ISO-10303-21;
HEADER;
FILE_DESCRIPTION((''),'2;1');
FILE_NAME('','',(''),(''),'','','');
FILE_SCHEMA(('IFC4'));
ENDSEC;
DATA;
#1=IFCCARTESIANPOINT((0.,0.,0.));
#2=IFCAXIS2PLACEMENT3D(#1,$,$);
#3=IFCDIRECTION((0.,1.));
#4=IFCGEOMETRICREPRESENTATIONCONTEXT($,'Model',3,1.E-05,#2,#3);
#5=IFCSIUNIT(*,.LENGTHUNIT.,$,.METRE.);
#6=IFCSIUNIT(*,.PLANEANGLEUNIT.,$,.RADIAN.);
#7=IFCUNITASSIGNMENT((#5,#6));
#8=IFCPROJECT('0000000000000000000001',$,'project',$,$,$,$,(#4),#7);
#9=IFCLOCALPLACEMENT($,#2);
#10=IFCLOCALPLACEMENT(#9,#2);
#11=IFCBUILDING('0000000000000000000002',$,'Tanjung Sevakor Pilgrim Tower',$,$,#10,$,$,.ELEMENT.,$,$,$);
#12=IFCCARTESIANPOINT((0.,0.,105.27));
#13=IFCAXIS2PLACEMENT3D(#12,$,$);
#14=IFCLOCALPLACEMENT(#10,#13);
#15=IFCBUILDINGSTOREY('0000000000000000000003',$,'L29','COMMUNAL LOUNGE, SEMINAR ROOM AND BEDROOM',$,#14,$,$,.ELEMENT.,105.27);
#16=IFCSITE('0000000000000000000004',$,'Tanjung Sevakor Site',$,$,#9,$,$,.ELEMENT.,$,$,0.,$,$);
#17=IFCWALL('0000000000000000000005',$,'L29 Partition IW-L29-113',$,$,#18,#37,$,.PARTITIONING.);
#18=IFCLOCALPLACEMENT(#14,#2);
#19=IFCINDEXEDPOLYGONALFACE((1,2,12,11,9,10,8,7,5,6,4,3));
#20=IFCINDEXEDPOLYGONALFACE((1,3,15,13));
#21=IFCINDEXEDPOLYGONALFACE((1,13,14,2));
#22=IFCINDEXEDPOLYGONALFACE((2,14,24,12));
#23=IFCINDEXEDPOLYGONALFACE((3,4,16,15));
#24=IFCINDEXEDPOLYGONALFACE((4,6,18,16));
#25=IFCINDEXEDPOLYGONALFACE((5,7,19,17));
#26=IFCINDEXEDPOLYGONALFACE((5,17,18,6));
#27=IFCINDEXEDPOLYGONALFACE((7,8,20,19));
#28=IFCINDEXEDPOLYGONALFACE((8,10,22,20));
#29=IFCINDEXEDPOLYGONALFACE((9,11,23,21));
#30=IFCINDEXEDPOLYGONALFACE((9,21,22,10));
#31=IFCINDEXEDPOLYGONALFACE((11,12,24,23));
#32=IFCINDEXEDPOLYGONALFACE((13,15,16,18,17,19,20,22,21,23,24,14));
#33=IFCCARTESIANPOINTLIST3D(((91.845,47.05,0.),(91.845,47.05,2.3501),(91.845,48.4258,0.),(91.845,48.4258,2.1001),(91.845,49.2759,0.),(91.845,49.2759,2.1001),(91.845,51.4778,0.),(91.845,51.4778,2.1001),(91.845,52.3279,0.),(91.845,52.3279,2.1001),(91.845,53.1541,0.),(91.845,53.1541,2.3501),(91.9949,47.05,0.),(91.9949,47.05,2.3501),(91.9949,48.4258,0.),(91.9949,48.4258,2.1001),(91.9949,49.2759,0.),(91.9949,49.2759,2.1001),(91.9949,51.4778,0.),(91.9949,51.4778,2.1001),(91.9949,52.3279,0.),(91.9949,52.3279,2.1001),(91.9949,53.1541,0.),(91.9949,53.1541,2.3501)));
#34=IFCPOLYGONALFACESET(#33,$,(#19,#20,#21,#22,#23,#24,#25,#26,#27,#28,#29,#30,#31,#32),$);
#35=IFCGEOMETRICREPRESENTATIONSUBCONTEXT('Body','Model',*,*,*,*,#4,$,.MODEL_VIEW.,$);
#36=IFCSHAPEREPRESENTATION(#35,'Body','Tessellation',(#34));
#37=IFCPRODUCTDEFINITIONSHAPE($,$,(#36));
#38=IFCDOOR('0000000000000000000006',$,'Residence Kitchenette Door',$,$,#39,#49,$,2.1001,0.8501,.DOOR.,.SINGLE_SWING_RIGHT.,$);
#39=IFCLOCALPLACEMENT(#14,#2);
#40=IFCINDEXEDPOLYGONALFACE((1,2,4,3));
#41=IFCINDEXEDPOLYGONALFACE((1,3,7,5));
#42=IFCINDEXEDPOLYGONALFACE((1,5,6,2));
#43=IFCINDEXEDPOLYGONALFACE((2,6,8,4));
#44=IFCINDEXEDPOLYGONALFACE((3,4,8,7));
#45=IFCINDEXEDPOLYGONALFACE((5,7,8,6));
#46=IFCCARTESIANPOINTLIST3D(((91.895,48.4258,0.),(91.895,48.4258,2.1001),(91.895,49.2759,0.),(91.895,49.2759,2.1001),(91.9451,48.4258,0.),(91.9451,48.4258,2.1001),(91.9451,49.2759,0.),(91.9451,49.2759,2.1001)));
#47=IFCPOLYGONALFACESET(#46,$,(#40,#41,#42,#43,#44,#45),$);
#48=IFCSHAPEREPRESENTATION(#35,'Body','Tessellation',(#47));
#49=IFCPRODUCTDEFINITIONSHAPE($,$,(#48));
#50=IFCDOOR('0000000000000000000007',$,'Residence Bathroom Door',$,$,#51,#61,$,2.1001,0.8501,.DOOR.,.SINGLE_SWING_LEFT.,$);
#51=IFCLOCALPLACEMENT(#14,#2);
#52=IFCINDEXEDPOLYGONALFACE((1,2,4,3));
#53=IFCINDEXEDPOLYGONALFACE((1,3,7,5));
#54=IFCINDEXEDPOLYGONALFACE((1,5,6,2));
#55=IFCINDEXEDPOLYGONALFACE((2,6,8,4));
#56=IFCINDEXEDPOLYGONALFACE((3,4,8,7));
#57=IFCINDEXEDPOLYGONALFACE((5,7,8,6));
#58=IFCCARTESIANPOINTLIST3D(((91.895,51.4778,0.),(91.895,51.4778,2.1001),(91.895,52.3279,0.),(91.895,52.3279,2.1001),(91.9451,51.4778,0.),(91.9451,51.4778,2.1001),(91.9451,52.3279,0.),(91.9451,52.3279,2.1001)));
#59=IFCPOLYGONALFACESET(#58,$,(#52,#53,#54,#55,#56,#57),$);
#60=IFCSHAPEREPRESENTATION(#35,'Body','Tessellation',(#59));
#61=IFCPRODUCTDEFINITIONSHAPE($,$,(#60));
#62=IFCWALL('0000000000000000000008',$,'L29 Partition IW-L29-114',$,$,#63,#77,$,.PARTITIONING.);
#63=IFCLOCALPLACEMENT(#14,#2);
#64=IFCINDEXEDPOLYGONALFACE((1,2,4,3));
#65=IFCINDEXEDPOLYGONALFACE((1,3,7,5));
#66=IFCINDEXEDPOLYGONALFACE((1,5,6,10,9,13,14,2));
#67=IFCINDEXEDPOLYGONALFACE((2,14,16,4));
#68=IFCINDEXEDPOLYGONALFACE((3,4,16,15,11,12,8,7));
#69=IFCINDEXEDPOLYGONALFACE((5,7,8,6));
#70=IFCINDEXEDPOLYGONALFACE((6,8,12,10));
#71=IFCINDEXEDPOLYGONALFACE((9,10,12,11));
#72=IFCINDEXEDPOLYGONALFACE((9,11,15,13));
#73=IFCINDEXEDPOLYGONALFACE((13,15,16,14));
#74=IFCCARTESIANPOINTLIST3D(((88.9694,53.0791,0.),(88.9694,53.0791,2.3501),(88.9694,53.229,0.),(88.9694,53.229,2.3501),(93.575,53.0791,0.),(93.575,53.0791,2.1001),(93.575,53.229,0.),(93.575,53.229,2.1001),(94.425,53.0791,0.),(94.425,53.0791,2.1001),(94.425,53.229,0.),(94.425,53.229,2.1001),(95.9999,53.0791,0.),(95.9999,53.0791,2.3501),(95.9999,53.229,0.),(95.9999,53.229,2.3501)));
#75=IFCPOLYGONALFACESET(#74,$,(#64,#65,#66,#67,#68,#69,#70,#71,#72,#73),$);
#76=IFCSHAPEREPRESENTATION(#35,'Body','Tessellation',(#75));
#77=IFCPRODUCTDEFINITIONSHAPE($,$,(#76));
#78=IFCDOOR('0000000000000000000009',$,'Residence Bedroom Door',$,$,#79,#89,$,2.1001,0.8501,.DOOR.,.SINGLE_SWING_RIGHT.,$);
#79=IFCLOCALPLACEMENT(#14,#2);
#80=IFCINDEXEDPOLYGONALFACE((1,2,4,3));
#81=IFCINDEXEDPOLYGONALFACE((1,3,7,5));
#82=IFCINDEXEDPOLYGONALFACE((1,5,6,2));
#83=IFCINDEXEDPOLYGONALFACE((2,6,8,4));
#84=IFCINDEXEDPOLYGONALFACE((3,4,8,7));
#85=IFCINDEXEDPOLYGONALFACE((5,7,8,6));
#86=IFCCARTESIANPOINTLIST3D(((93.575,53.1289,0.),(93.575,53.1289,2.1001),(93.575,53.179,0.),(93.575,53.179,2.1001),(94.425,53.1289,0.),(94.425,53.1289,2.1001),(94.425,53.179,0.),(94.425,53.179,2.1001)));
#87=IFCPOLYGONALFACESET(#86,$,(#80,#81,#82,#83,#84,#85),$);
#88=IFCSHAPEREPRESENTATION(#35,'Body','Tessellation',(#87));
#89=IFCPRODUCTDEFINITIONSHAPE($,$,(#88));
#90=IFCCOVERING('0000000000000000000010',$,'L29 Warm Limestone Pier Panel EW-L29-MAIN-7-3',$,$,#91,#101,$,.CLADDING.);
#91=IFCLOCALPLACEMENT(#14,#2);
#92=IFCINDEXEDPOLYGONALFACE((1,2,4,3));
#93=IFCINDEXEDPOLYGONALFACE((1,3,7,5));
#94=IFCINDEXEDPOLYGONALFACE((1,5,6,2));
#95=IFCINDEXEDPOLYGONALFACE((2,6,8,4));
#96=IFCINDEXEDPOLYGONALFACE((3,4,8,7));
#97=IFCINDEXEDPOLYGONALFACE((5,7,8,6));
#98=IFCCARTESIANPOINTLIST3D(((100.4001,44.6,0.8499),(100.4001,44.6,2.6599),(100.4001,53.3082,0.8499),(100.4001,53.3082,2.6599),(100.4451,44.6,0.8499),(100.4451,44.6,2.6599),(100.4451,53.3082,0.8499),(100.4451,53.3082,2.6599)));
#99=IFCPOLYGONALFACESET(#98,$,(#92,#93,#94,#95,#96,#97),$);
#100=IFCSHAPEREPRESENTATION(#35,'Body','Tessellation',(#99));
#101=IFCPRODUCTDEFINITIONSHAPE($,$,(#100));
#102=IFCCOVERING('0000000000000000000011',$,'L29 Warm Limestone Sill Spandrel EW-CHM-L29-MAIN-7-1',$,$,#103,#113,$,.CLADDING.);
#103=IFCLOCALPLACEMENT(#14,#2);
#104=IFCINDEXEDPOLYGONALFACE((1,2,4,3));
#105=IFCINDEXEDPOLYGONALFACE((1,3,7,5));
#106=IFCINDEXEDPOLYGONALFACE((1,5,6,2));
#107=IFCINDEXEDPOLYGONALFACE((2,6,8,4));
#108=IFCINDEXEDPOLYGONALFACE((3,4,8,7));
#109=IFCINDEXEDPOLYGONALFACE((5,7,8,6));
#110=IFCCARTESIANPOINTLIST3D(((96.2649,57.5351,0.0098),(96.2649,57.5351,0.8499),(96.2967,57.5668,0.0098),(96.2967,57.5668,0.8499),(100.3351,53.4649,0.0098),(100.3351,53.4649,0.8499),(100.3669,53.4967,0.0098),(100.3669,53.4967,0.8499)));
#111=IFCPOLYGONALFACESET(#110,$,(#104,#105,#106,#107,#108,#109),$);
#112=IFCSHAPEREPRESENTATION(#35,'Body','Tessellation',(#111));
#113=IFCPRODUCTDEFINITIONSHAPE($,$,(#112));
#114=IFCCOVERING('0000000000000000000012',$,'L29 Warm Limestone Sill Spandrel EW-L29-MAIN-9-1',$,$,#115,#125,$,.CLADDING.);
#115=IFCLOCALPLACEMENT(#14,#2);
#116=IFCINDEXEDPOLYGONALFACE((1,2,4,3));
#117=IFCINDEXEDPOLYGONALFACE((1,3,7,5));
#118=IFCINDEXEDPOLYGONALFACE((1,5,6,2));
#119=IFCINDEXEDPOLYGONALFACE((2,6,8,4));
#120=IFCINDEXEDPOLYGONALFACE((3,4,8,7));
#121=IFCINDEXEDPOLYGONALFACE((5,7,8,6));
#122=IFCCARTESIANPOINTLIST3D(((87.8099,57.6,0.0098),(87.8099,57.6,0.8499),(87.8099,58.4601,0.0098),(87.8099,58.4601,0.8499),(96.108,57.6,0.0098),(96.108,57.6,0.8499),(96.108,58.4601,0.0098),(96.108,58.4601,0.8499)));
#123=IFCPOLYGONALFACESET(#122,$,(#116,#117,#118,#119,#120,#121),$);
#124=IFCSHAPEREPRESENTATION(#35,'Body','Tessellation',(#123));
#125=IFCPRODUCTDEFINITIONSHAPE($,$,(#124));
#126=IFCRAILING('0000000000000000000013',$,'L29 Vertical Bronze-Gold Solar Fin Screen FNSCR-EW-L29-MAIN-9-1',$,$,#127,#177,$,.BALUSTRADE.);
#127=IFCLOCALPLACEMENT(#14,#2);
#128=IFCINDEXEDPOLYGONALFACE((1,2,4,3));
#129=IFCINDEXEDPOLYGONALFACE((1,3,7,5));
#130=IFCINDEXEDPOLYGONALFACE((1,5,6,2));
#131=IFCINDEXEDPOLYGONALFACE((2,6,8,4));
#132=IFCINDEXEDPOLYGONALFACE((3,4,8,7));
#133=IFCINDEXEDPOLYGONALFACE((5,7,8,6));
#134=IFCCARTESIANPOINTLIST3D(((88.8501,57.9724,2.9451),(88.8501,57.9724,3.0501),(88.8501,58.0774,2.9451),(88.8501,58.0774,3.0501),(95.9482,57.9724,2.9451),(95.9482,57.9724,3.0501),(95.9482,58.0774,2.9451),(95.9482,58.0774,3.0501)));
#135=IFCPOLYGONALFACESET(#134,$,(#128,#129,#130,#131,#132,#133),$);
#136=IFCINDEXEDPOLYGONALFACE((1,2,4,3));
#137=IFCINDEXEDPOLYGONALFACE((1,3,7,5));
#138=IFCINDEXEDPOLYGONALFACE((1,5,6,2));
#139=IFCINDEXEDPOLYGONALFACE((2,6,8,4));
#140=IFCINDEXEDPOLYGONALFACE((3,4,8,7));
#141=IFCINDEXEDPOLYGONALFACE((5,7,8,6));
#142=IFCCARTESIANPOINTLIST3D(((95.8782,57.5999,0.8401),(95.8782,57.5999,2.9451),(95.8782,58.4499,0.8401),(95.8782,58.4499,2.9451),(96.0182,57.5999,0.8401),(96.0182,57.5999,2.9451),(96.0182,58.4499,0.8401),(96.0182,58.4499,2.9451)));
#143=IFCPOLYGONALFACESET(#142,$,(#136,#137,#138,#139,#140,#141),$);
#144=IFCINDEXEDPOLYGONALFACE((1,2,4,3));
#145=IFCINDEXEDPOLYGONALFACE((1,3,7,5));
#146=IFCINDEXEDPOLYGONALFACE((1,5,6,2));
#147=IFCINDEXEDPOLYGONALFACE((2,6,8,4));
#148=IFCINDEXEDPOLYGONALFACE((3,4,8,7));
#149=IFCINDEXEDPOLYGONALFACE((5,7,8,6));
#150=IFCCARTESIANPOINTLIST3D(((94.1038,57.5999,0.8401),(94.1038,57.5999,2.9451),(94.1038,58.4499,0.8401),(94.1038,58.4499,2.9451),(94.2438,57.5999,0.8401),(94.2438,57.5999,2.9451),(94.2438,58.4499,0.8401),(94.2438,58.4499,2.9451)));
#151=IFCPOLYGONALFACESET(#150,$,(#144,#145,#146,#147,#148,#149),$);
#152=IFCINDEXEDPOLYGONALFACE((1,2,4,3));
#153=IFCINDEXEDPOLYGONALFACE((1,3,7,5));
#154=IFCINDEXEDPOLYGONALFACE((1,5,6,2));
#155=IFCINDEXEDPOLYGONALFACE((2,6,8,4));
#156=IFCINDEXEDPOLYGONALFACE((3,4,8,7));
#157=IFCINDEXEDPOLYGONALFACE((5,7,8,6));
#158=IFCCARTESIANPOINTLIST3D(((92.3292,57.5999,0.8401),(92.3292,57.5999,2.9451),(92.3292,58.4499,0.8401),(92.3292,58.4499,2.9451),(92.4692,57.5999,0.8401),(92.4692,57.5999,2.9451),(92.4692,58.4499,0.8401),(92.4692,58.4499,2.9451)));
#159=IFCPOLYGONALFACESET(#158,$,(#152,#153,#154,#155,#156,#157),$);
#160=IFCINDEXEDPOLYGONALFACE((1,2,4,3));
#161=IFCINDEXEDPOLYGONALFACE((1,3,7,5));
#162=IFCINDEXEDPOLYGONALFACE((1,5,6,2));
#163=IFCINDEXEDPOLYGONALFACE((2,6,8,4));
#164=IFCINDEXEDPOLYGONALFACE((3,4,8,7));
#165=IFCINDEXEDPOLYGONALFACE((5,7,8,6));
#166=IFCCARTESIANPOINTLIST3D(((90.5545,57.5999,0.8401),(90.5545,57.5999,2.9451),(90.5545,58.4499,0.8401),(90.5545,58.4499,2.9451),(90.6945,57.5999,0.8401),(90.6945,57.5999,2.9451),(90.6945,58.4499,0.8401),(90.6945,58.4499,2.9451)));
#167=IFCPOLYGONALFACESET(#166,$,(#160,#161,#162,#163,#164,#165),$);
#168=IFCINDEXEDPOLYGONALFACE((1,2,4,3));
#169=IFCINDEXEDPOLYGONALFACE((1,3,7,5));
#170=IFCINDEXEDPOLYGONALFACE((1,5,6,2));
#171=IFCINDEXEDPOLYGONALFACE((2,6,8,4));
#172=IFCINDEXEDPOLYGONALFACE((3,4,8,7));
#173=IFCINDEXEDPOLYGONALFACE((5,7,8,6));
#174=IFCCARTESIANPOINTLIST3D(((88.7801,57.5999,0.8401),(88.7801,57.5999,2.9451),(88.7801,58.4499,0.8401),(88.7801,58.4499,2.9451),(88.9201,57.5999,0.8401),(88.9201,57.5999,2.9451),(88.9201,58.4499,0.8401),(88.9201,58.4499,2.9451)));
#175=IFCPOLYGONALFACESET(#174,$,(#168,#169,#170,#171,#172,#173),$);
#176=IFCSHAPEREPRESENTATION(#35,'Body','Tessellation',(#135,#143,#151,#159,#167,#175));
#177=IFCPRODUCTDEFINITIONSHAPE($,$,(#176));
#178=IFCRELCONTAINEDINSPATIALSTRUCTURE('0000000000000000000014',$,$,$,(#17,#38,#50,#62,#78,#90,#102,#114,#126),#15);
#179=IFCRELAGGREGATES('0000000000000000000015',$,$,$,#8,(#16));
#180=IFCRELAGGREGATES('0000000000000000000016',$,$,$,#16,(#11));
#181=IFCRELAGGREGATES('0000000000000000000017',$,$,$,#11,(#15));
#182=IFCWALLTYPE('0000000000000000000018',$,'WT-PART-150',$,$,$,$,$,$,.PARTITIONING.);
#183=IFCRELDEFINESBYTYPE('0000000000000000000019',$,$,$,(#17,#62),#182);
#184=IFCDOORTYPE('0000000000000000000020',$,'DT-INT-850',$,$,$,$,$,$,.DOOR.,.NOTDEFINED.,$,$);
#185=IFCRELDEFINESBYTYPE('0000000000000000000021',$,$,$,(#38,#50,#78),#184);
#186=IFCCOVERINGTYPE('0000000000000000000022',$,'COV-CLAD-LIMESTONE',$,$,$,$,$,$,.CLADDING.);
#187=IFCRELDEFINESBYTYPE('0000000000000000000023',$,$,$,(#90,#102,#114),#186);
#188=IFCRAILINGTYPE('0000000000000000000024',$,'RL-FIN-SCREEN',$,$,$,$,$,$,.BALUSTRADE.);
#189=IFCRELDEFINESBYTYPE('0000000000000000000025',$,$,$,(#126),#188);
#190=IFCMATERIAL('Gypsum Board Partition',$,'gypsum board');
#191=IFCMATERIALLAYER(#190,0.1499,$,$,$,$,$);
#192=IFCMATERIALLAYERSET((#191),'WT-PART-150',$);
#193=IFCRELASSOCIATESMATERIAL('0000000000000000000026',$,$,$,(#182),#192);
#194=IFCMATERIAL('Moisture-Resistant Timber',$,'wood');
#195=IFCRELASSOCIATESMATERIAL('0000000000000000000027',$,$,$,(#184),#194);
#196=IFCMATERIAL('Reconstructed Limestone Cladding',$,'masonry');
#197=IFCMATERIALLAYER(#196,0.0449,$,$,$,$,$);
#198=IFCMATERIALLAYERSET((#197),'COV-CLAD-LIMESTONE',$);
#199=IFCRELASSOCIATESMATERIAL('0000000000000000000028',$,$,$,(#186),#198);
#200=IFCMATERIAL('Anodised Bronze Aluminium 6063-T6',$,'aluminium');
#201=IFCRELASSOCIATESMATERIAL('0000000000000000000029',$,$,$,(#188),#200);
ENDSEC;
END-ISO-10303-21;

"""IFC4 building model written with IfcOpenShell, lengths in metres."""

from ifc_helpers import new_model, si_unit, direction, frame, frame_2d, origin, origin_2d, place, context, subcontext, project, spatial, rectangle, extrude, material, layer, layer_set, type_object, element, fill, save


model = new_model("IFC4")

# Units and contexts
model_context = context("Model", 3, precision=1e-05, world=origin(), true_north=direction((0.0, 1.0)))
body_context = subcontext(model_context, "Body", "Model", "MODEL_VIEW")
ifc_project = project(units=[si_unit("LENGTHUNIT", "METRE"), si_unit("PLANEANGLEUNIT", "RADIAN")], contexts=[model_context])

# Site, building, storey
site_placement = place(None, origin())
site = spatial("IfcSite", under=ifc_project, at=site_placement, Name="Tanjung Sevakor Site", CompositionType="ELEMENT", RefElevation=0.0)
building_placement = place(site_placement, origin())
building = spatial("IfcBuilding", under=site, at=building_placement, Name="Tanjung Sevakor Pilgrim Tower", CompositionType="ELEMENT")
storey_placement = place(building_placement, frame((0.0, 0.0, 105.27)))
storey = spatial("IfcBuildingStorey", under=building, at=storey_placement, Name="L29", Description="COMMUNAL LOUNGE, SEMINAR ROOM AND BEDROOM", CompositionType="ELEMENT", Elevation=105.27)

# Wall, openings, doors
ifc_material_1 = material(Name="Gypsum Board Partition", Category="gypsum board")
ifc_layer_1 = layer(ifc_material_1, 0.1499)
ifc_layer_set_1 = layer_set([ifc_layer_1], Name="WT-PART-150")
wall_type_1 = type_object("IfcWallType", Name="WT-PART-150", PredefinedType="PARTITIONING", material=ifc_layer_set_1)
wall_1_placement = place(storey_placement, frame((91.9199, 47.05, 0.0), z_axis=(0.0, 0.0, 1.0), x_axis=(0.0, 1.0, 0.0)))
wall_1 = element("IfcWall", 1, at=wall_1_placement, inside=storey, type_object=wall_type_1, Name="L29 Partition IW-L29-113", PredefinedType="PARTITIONING", context=body_context, shape_type="SweptSolid", body=[
    extrude(rectangle(XDim=6.104, YDim=0.1499, at=frame_2d((3.052, 0.0))), origin(), (0.0, 0.0, 1.0), 2.3501),
])
opening_1_placement = place(wall_1_placement, frame((1.3757, 0.0, 0.0)))
opening_1 = element("IfcOpeningElement", 2, at=opening_1_placement, cuts=wall_1, PredefinedType="OPENING", context=body_context, shape_type="SweptSolid", body=[
    extrude(rectangle(XDim=0.8501, YDim=2.1001, at=frame_2d((0.425, 1.05))), frame((0.0, 0.085, 0.0), z_axis=(0.0, -1.0, 0.0), x_axis=(1.0, 0.0, 0.0)), (0.0, 0.0, 1.0), 0.1699),
])
opening_2_placement = place(wall_1_placement, frame((4.4277, 0.0, 0.0)))
opening_2 = element("IfcOpeningElement", 3, at=opening_2_placement, cuts=wall_1, PredefinedType="OPENING", context=body_context, shape_type="SweptSolid", body=[
    extrude(rectangle(XDim=0.8501, YDim=2.1001, at=frame_2d((0.425, 1.05))), frame((0.0, 0.085, 0.0), z_axis=(0.0, -1.0, 0.0), x_axis=(1.0, 0.0, 0.0)), (0.0, 0.0, 1.0), 0.1699),
])
ifc_material_2 = material(Name="Moisture-Resistant Timber", Category="wood")
door_type_1 = type_object("IfcDoorType", Name="DT-INT-850", OperationType="NOTDEFINED", PredefinedType="DOOR", material=ifc_material_2)
door_1_placement = place(opening_1_placement, origin())
door_1 = element("IfcDoor", 4, at=door_1_placement, inside=storey, type_object=door_type_1, Name="Residence Kitchenette Door", OperationType="SINGLE_SWING_RIGHT", OverallHeight=2.1001, OverallWidth=0.8501, PredefinedType="DOOR", context=body_context, shape_type="SweptSolid", body=[
    extrude(rectangle(XDim=0.8501, YDim=2.1001, at=frame_2d((0.425, 1.05))), frame((0.0, 0.0249, 0.0), z_axis=(0.0, -1.0, 0.0), x_axis=(1.0, 0.0, 0.0)), (0.0, 0.0, 1.0), 0.05),
])
fill(opening_1, door_1)
door_2_placement = place(opening_2_placement, origin())
door_2 = element("IfcDoor", 5, at=door_2_placement, inside=storey, type_object=door_type_1, Name="Residence Bathroom Door", OperationType="SINGLE_SWING_LEFT", OverallHeight=2.1001, OverallWidth=0.8501, PredefinedType="DOOR", context=body_context, shape_type="SweptSolid", body=[
    extrude(rectangle(XDim=0.8501, YDim=2.1001, at=frame_2d((0.425, 1.05))), frame((0.0, 0.0249, 0.0), z_axis=(0.0, -1.0, 0.0), x_axis=(1.0, 0.0, 0.0)), (0.0, 0.0, 1.0), 0.05),
])
fill(opening_2, door_2)

# Wall, opening, door
wall_2_placement = place(storey_placement, frame((88.9695, 53.1541, 0.0), z_axis=(0.0, 0.0, 1.0), x_axis=(1.0, 0.0, 0.0)))
wall_2 = element("IfcWall", 6, at=wall_2_placement, inside=storey, type_object=wall_type_1, Name="L29 Partition IW-L29-114", PredefinedType="PARTITIONING", context=body_context, shape_type="SweptSolid", body=[
    extrude(rectangle(XDim=7.0305, YDim=0.1499, at=frame_2d((3.5151, 0.0))), origin(), (0.0, 0.0, 1.0), 2.3501),
])
opening_3_placement = place(wall_2_placement, frame((4.6055, 0.0, 0.0)))
opening_3 = element("IfcOpeningElement", 7, at=opening_3_placement, cuts=wall_2, PredefinedType="OPENING", context=body_context, shape_type="SweptSolid", body=[
    extrude(rectangle(XDim=0.8501, YDim=2.1001, at=frame_2d((0.425, 1.05))), frame((0.0, 0.085, 0.0), z_axis=(0.0, -1.0, 0.0), x_axis=(1.0, 0.0, 0.0)), (0.0, 0.0, 1.0), 0.1699),
])
door_3_placement = place(opening_3_placement, origin())
door_3 = element("IfcDoor", 8, at=door_3_placement, inside=storey, type_object=door_type_1, Name="Residence Bedroom Door", OperationType="SINGLE_SWING_RIGHT", OverallHeight=2.1001, OverallWidth=0.8501, PredefinedType="DOOR", context=body_context, shape_type="SweptSolid", body=[
    extrude(rectangle(XDim=0.8501, YDim=2.1001, at=frame_2d((0.425, 1.05))), frame((0.0, 0.0249, 0.0), z_axis=(0.0, -1.0, 0.0), x_axis=(1.0, 0.0, 0.0)), (0.0, 0.0, 1.0), 0.05),
])
fill(opening_3, door_3)

# Coverings
ifc_material_3 = material(Name="Reconstructed Limestone Cladding", Category="masonry")
ifc_layer_2 = layer(ifc_material_3, 0.0449)
ifc_layer_set_2 = layer_set([ifc_layer_2], Name="COV-CLAD-LIMESTONE")
covering_type = type_object("IfcCoveringType", Name="COV-CLAD-LIMESTONE", PredefinedType="CLADDING", material=ifc_layer_set_2)
covering_1_placement = place(storey_placement, frame((100.4226, 48.9541, 0.8499), z_axis=(0.0, 0.0, 1.0), x_axis=(0.0, 1.0, 0.0)))
element("IfcCovering", 9, at=covering_1_placement, inside=storey, type_object=covering_type, Name="L29 Warm Limestone Pier Panel EW-L29-MAIN-7-3", PredefinedType="CLADDING", context=body_context, shape_type="SweptSolid", body=[
    extrude(rectangle(XDim=8.7083, YDim=0.0449, at=origin_2d()), origin(), (0.0, 0.0, 1.0), 1.8101),
])
covering_2_placement = place(storey_placement, frame((98.3159, 55.5159, 0.0098), z_axis=(0.0, 0.0, 1.0), x_axis=(-0.707107, 0.707107, 0.0)))
element("IfcCovering", 10, at=covering_2_placement, inside=storey, type_object=covering_type, Name="L29 Warm Limestone Sill Spandrel EW-CHM-L29-MAIN-7-1", PredefinedType="CLADDING", context=body_context, shape_type="SweptSolid", body=[
    extrude(rectangle(XDim=5.7561, YDim=0.0449, at=origin_2d()), origin(), (0.0, 0.0, 1.0), 0.8401),
])
covering_3_placement = place(storey_placement, frame((91.959, 58.03, 0.0098), z_axis=(0.0, 0.0, 1.0), x_axis=(-1.0, 0.0, 0.0)))
element("IfcCovering", 11, at=covering_3_placement, inside=storey, type_object=covering_type, Name="L29 Warm Limestone Sill Spandrel EW-L29-MAIN-9-1", PredefinedType="CLADDING", context=body_context, shape_type="SweptSolid", body=[
    extrude(rectangle(XDim=8.2981, YDim=0.8601, at=origin_2d()), origin(), (0.0, 0.0, 1.0), 0.8401),
])

# Railing
ifc_material_4 = material(Name="Anodised Bronze Aluminium 6063-T6", Category="aluminium")
railing_type = type_object("IfcRailingType", Name="RL-FIN-SCREEN", PredefinedType="BALUSTRADE", material=ifc_material_4)
railing_placement = place(storey_placement, frame((95.9482, 58.0249, 0.8401)))
element("IfcRailing", 12, at=railing_placement, inside=storey, type_object=railing_type, Name="L29 Vertical Bronze-Gold Solar Fin Screen FNSCR-EW-L29-MAIN-9-1", PredefinedType="BALUSTRADE", context=body_context, shape_type="SweptSolid", body=[
    extrude(rectangle(XDim=0.105, YDim=0.105), frame((0.0, 0.0, 2.1575), z_axis=(-1.0, 0.0, 0.0), x_axis=(0.0, -1.0, 0.0)), (0.0, 0.0, 1.0), 7.0981),
    extrude(rectangle(XDim=0.14, YDim=0.85), origin(), (0.0, 0.0, 1.0), 2.105),
    extrude(rectangle(XDim=0.14, YDim=0.85), frame((-1.7744, 0.0, 0.0)), (0.0, 0.0, 1.0), 2.105),
    extrude(rectangle(XDim=0.14, YDim=0.85), frame((-3.5491, 0.0, 0.0)), (0.0, 0.0, 1.0), 2.105),
    extrude(rectangle(XDim=0.14, YDim=0.85), frame((-5.3237, 0.0, 0.0)), (0.0, 0.0, 1.0), 2.105),
    extrude(rectangle(XDim=0.14, YDim=0.85), frame((-7.0981, 0.0, 0.0)), (0.0, 0.0, 1.0), 2.105),
])

save(model, "model.ifc")
